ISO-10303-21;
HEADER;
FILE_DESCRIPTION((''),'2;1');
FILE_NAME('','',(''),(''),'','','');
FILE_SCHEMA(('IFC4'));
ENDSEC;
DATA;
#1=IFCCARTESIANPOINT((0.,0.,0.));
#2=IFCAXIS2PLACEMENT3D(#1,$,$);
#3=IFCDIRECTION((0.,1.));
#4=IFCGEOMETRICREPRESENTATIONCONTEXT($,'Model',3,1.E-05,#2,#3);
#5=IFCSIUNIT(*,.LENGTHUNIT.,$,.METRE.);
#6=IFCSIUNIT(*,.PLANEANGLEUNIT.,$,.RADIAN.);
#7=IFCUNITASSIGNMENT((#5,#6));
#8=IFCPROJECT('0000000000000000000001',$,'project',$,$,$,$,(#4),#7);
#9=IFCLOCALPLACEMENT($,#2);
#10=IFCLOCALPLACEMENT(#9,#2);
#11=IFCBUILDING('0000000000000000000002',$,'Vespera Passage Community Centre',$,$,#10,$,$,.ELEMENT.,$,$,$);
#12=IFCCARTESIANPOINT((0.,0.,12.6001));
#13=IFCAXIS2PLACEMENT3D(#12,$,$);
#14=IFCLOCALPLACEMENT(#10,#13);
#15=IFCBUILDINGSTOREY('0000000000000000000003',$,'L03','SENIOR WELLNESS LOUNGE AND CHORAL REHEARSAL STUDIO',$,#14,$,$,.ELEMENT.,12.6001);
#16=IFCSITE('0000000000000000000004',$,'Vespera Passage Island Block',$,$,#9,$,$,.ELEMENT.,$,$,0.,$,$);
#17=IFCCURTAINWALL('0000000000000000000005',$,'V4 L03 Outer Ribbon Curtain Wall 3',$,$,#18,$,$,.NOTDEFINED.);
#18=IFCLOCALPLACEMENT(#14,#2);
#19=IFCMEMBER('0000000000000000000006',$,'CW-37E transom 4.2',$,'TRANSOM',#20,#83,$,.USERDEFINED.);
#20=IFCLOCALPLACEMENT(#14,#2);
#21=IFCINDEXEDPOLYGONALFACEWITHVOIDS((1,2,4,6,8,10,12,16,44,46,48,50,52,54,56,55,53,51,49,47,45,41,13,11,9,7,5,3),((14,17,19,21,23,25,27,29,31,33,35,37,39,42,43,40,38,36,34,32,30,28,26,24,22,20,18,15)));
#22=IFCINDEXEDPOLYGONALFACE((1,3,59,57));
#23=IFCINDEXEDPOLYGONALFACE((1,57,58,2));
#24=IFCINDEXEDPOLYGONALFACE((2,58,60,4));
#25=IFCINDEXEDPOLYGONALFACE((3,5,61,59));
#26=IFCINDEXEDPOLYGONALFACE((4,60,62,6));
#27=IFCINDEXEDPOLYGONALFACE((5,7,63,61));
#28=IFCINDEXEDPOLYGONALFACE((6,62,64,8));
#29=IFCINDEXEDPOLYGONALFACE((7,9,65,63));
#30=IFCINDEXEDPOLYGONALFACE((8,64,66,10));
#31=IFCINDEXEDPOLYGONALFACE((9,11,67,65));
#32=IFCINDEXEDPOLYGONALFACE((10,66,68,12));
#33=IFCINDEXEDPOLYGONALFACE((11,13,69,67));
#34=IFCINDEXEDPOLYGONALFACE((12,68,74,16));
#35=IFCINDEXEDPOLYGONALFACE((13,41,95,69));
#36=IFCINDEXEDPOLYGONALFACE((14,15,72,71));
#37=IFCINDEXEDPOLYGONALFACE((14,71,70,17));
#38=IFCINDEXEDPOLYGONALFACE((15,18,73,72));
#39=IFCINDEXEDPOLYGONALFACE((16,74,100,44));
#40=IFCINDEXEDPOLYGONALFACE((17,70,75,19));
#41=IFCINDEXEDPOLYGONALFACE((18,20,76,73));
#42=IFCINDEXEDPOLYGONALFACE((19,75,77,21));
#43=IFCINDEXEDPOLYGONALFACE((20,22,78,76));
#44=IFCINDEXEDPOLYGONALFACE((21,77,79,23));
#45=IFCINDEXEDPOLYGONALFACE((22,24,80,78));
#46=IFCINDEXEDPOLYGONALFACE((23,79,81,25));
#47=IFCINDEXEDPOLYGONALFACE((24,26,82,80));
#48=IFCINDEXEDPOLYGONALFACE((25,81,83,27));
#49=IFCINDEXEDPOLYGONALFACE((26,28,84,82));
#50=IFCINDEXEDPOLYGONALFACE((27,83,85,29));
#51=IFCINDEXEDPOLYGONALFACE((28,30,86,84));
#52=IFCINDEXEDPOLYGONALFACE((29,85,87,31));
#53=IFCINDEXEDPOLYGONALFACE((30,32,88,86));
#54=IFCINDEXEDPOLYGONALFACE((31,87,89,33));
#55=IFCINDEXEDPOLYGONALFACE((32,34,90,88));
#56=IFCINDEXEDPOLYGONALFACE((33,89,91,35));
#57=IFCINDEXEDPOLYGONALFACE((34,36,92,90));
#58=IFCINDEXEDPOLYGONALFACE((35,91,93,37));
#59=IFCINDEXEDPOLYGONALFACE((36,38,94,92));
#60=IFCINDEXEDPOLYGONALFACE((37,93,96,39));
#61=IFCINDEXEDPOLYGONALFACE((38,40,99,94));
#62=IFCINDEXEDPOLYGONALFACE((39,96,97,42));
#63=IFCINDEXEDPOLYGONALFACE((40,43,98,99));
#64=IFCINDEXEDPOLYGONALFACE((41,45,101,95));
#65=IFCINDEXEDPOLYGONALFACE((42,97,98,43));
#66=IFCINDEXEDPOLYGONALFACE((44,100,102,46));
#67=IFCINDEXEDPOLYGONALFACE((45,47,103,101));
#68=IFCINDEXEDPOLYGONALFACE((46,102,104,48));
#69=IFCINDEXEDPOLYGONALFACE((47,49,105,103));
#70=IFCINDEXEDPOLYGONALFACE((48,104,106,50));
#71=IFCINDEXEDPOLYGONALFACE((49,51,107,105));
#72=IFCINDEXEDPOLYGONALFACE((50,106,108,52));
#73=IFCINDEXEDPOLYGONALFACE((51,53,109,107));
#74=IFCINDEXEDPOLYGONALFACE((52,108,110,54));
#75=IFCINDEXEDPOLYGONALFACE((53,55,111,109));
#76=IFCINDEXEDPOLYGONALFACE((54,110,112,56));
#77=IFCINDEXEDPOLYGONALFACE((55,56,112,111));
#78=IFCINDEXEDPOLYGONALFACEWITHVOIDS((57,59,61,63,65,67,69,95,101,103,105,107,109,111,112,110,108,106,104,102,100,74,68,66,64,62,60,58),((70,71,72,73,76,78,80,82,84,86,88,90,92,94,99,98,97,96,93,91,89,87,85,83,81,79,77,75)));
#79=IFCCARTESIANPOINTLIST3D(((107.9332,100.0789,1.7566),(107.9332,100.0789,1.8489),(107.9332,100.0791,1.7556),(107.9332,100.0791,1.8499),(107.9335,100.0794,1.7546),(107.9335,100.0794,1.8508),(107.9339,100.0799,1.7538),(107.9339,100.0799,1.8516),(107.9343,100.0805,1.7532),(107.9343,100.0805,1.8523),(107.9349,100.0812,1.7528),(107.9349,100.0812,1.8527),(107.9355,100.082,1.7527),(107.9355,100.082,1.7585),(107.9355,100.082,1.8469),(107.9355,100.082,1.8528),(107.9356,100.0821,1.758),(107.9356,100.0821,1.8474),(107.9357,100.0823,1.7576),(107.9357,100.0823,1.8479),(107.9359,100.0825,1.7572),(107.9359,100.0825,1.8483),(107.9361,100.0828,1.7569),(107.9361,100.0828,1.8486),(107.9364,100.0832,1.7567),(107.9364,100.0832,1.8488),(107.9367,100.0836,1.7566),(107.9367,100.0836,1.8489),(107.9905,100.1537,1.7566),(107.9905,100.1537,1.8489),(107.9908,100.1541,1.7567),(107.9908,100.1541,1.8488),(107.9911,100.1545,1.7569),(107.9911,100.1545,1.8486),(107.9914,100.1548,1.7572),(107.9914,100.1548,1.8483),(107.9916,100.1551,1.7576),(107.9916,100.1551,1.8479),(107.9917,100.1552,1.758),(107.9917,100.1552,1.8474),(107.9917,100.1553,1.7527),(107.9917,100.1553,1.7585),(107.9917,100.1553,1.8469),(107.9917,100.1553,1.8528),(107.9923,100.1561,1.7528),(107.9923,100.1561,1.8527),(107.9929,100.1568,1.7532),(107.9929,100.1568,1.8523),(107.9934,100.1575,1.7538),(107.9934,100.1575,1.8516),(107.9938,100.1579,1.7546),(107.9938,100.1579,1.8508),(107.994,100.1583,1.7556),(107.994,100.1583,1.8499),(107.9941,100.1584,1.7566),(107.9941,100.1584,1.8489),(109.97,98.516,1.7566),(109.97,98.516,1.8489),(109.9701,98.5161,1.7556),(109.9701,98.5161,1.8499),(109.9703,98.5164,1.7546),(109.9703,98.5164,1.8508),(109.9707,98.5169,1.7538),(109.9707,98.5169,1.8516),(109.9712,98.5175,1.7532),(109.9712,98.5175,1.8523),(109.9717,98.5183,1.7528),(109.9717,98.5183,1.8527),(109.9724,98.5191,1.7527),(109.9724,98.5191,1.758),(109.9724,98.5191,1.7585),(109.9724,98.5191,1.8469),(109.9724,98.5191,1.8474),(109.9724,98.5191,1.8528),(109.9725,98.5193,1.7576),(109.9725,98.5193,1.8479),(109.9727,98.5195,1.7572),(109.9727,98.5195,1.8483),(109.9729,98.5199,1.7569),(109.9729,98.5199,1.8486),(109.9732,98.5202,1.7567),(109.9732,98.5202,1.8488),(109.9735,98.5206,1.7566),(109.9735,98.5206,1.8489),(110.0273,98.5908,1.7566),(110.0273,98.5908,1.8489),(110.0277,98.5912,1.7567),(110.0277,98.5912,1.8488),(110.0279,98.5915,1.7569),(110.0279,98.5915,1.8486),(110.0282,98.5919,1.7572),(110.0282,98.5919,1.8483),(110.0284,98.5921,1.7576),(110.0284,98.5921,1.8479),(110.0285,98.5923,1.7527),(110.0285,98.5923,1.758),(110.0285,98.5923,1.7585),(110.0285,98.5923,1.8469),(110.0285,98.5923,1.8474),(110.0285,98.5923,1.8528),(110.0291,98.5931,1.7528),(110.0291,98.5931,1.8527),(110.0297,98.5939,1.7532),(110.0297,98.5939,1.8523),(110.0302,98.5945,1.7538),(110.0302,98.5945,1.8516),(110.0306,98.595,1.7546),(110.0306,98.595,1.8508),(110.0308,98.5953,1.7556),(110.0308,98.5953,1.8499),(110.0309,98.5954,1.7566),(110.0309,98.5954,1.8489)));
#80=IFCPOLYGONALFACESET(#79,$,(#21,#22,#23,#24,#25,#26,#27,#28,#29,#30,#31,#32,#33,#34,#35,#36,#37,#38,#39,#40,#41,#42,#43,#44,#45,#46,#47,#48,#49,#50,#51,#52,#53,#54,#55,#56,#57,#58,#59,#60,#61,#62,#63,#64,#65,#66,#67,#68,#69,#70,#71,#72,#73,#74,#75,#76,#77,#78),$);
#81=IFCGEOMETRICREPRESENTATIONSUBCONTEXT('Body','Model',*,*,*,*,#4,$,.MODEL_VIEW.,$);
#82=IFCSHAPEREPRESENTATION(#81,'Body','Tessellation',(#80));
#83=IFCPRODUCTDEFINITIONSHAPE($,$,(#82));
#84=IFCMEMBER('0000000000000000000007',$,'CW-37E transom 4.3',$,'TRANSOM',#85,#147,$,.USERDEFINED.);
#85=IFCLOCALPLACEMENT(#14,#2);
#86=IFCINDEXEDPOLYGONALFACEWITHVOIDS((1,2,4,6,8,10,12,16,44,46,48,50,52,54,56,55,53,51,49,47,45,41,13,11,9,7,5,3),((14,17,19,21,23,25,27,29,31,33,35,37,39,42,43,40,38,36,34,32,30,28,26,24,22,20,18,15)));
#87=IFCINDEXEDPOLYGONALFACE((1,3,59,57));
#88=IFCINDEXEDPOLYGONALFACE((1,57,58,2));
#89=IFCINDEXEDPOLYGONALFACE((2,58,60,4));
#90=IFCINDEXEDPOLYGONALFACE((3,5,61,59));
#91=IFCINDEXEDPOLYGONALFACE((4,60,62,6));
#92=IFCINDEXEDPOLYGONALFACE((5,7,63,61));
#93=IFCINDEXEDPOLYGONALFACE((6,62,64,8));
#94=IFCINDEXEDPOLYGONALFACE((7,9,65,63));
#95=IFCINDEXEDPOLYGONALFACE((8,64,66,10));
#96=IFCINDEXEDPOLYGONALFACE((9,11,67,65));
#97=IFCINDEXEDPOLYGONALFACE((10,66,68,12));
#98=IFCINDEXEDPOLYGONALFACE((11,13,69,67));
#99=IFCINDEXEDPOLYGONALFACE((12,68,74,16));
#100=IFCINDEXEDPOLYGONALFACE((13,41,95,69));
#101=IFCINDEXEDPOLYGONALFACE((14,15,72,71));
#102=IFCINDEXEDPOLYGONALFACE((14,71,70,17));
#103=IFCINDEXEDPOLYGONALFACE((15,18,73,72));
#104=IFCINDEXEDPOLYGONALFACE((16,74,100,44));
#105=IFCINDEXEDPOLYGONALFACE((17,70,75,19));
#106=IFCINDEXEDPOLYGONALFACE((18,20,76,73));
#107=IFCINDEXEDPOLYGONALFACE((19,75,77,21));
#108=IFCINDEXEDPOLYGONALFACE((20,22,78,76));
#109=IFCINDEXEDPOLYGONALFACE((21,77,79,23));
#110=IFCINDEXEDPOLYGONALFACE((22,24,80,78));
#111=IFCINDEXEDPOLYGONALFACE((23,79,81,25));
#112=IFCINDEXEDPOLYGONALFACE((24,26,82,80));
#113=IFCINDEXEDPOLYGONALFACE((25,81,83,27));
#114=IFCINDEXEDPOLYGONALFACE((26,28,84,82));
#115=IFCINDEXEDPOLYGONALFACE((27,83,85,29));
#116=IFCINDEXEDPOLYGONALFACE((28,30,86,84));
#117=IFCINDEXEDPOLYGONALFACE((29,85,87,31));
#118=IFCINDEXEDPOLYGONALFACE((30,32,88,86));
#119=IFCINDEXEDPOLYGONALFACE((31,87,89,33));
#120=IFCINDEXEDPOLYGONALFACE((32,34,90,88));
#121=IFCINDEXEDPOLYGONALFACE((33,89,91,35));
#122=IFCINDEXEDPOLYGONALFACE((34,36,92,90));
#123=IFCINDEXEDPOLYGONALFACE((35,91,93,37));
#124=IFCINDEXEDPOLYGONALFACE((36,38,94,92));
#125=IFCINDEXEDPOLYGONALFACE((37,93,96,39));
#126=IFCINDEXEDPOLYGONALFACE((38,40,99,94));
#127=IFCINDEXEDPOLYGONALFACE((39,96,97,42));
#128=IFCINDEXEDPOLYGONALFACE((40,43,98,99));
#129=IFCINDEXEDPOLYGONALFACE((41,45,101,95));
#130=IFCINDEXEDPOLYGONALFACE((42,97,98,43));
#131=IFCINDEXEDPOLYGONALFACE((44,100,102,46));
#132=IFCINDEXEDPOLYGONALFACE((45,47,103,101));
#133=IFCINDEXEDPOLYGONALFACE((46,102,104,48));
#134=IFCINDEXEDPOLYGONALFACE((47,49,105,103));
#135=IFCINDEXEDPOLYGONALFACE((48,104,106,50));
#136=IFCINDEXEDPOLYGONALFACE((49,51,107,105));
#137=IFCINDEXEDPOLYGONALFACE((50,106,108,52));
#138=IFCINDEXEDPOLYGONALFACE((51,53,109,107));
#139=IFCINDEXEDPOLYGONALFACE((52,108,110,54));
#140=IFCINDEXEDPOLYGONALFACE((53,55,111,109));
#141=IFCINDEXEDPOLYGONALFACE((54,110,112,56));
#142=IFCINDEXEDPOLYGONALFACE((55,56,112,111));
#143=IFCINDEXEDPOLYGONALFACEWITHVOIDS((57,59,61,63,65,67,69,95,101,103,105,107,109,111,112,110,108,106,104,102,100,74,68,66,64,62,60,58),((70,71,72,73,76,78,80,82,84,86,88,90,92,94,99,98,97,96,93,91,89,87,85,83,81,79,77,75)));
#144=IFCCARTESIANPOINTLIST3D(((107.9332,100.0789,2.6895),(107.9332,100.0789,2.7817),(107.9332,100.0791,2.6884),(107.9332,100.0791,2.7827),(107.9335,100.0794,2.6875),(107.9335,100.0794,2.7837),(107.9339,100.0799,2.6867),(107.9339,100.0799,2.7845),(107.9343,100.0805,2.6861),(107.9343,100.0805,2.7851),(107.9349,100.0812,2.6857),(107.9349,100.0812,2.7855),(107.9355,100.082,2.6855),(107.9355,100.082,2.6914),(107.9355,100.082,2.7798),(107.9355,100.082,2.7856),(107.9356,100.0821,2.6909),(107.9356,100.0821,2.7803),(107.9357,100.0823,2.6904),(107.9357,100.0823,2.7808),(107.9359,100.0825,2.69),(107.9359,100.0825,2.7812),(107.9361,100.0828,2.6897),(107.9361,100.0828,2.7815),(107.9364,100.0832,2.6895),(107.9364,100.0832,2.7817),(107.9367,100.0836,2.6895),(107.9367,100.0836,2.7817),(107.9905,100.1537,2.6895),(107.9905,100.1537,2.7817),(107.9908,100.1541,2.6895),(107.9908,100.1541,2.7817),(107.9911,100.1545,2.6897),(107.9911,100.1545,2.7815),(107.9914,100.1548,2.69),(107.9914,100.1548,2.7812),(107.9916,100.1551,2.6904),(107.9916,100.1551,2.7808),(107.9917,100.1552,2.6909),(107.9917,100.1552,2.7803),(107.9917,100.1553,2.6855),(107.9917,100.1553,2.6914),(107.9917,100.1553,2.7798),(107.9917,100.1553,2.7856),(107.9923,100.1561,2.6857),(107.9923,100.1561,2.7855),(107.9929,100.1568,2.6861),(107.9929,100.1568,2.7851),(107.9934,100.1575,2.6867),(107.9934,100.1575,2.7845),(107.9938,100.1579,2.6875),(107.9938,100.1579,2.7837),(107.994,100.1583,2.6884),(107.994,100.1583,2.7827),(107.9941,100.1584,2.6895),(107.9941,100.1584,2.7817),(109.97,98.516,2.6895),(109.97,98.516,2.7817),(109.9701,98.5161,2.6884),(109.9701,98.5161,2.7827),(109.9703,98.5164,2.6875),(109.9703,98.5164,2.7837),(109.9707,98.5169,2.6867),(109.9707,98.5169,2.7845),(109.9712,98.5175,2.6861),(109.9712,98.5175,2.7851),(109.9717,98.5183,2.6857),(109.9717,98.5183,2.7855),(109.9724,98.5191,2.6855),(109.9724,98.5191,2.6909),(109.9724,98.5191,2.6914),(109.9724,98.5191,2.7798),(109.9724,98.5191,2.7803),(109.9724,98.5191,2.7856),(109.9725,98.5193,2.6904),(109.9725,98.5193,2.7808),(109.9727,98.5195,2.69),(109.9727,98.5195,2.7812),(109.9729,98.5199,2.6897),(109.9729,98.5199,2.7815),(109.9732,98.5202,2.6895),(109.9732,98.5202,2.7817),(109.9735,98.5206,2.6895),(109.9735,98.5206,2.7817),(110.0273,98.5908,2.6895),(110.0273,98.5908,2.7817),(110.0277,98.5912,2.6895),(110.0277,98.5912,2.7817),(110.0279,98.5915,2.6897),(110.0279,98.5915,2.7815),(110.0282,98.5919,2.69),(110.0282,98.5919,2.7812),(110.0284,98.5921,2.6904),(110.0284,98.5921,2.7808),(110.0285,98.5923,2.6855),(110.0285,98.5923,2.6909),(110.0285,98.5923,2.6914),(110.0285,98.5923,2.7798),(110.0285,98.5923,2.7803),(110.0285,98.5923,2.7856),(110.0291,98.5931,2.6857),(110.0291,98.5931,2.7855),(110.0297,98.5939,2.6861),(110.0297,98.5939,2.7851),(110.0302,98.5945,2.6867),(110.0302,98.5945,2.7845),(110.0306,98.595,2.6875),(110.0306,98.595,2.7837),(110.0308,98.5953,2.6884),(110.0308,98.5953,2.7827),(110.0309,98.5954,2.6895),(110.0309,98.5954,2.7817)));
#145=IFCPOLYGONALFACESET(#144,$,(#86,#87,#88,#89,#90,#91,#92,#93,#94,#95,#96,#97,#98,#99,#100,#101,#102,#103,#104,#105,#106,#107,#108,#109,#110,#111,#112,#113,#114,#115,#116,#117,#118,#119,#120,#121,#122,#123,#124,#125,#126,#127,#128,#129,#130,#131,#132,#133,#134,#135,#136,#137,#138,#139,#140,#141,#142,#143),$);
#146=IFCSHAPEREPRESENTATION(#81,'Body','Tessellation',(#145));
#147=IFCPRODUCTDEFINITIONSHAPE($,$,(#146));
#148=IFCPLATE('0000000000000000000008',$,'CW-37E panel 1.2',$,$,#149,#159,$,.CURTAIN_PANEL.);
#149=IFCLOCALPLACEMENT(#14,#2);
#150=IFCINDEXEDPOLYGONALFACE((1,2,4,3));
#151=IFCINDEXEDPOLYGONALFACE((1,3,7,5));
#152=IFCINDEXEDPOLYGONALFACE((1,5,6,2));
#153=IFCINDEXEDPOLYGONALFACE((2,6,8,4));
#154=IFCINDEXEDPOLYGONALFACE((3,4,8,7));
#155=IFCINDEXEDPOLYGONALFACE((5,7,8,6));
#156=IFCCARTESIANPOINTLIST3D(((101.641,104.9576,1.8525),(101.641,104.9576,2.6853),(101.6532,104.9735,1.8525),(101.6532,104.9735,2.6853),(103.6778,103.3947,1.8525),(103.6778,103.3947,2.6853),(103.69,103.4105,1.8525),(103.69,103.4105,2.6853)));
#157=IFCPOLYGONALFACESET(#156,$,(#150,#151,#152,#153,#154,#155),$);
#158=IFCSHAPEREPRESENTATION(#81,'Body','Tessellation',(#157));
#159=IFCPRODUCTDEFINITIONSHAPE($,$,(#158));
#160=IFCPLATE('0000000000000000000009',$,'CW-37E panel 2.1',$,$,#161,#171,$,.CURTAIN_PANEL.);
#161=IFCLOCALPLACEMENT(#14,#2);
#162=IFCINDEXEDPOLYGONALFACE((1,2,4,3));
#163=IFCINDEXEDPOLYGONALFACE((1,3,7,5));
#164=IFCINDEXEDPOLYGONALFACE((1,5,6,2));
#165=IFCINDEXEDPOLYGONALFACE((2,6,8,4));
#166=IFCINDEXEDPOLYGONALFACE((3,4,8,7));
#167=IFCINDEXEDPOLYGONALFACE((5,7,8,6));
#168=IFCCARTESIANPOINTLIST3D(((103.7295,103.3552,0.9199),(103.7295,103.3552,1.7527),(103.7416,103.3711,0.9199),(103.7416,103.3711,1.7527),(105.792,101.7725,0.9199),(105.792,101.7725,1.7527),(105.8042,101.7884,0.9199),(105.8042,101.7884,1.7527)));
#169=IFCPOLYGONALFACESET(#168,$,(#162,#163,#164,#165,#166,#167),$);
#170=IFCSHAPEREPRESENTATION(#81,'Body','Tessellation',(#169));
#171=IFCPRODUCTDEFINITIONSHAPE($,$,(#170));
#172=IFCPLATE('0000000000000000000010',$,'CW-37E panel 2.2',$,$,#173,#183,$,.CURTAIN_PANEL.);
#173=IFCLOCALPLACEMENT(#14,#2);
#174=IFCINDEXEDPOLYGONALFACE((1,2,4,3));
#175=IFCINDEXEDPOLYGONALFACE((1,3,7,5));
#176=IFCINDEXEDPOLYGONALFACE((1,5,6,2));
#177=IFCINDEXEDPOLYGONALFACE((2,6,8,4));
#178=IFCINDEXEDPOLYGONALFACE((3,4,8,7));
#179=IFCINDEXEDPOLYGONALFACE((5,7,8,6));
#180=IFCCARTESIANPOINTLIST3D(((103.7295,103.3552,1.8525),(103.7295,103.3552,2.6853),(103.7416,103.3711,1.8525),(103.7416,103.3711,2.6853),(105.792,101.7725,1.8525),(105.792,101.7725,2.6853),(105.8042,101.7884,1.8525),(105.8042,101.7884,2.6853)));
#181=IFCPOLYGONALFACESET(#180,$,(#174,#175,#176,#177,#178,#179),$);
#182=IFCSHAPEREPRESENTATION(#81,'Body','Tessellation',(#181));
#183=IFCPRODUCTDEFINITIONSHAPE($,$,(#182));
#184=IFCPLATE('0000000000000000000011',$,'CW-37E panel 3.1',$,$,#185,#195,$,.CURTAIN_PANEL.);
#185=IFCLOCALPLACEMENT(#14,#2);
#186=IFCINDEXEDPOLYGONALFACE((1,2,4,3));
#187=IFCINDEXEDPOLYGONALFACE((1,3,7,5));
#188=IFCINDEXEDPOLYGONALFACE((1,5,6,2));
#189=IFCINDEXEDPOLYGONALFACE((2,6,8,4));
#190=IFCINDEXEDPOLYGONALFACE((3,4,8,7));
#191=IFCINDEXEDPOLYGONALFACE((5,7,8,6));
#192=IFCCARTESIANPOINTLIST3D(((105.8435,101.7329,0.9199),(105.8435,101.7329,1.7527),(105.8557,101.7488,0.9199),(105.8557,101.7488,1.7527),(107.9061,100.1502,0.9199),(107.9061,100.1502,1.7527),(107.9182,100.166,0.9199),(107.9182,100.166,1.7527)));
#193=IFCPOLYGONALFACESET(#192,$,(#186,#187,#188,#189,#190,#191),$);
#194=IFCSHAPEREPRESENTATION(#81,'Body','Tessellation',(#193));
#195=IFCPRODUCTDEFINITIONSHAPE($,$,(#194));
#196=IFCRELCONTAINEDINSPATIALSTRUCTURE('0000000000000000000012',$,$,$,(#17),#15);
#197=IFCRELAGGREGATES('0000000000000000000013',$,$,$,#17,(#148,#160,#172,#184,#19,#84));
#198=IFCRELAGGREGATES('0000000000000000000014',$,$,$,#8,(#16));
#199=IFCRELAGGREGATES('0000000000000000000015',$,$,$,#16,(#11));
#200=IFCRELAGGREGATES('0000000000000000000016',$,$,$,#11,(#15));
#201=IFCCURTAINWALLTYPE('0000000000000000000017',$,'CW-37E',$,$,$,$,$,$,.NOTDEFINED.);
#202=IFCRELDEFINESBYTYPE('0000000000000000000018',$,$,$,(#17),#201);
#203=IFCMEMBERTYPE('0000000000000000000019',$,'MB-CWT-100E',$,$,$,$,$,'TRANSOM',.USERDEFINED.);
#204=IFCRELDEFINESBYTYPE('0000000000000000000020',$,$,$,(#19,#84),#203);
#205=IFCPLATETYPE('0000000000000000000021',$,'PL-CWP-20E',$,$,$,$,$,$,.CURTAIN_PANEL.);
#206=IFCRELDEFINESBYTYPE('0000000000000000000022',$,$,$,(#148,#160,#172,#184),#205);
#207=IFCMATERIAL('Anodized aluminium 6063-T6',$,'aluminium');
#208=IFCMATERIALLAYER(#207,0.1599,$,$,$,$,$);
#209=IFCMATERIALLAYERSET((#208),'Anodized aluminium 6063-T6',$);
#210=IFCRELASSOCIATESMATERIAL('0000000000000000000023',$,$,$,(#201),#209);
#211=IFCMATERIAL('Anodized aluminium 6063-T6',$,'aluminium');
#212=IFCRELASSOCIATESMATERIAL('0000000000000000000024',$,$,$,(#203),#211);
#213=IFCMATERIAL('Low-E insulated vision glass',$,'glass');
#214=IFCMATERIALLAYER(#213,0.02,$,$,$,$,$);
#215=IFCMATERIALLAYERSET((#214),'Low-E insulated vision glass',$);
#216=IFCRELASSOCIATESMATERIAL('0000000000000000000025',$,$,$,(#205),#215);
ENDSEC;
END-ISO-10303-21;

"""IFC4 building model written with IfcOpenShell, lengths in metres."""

from ifc_helpers import new_model, si_unit, direction, frame, origin, origin_2d, place, context, subcontext, project, spatial, rectangle, hollow_rectangle, extrude, material, layer, layer_set, material_profile, profile_set, type_object, element, aggregate, save


model = new_model("IFC4")

# Units and contexts
model_context = context("Model", 3, precision=1e-05, world=origin(), true_north=direction((0.0, 1.0)))
body_context = subcontext(model_context, "Body", "Model", "MODEL_VIEW")
ifc_project = project(units=[si_unit("LENGTHUNIT", "METRE"), si_unit("PLANEANGLEUNIT", "RADIAN")], contexts=[model_context])

# Site, building, storey
site_placement = place(None, origin())
site = spatial("IfcSite", under=ifc_project, at=site_placement, Name="Vespera Passage Island Block", CompositionType="ELEMENT", RefElevation=0.0)
building_placement = place(site_placement, origin())
building = spatial("IfcBuilding", under=site, at=building_placement, Name="Vespera Passage Community Centre", CompositionType="ELEMENT")
storey_placement = place(building_placement, frame((0.0, 0.0, 12.6001)))
storey = spatial("IfcBuildingStorey", under=building, at=storey_placement, Name="L03", Description="SENIOR WELLNESS LOUNGE AND CHORAL REHEARSAL STUDIO", CompositionType="ELEMENT", Elevation=12.6001)

# Curtain wall, members, plates
ifc_material_1 = material(Name="Anodized aluminium 6063-T6", Category="aluminium")
ifc_layer_1 = layer(ifc_material_1, 0.1599)
ifc_layer_set_1 = layer_set([ifc_layer_1], Name="Anodized aluminium 6063-T6")
curtain_wall_type = type_object("IfcCurtainWallType", Name="CW-37E", PredefinedType="NOTDEFINED", material=ifc_layer_set_1)
curtain_wall_placement = place(storey_placement, origin())
curtain_wall = element("IfcCurtainWall", 1, at=curtain_wall_placement, inside=storey, type_object=curtain_wall_type, Name="V4 L03 Outer Ribbon Curtain Wall 3", PredefinedType="NOTDEFINED")
ifc_material_2 = material(Name="Anodized aluminium 6063-T6", Category="aluminium")
ifc_material_profile_1 = material_profile(ifc_material_2, hollow_rectangle(XDim=0.1001, YDim=0.1001, WallThickness=0.0039, InnerFilletRadius=0.002, OuterFilletRadius=0.0039, at=origin_2d()), Name="ALU100X100X4")
ifc_profile_set_1 = profile_set([ifc_material_profile_1], Name="Anodized aluminium 6063-T6")
member_type_1 = type_object("IfcMemberType", Name="MB-CWT-100E", ElementType="TRANSOM", PredefinedType="USERDEFINED", material=ifc_profile_set_1)
member_1_placement = place(storey_placement, frame((107.9636, 100.1187, 1.8027), z_axis=(0.793345, -0.608773, 0.0), x_axis=(0.608773, 0.793345, 0.0)))
member_1 = element("IfcMember", 2, at=member_1_placement, type_object=member_type_1, Name="CW-37E transom 4.2", ObjectType="TRANSOM", PredefinedType="USERDEFINED", context=body_context, shape_type="SweptSolid", body=[
    extrude(hollow_rectangle(XDim=0.1001, YDim=0.1001, WallThickness=0.0039, InnerFilletRadius=0.002, OuterFilletRadius=0.0039, at=origin_2d()), origin(), (0.0, 0.0, 1.0), 2.5674),
])
member_2_placement = place(storey_placement, frame((107.9636, 100.1187, 2.7356), z_axis=(0.793345, -0.608773, 0.0), x_axis=(0.608773, 0.793345, 0.0)))
member_2 = element("IfcMember", 3, at=member_2_placement, type_object=member_type_1, Name="CW-37E transom 4.3", ObjectType="TRANSOM", PredefinedType="USERDEFINED", context=body_context, shape_type="SweptSolid", body=[
    extrude(hollow_rectangle(XDim=0.1001, YDim=0.1001, WallThickness=0.0039, InnerFilletRadius=0.002, OuterFilletRadius=0.0039, at=origin_2d()), origin(), (0.0, 0.0, 1.0), 2.5674),
])
ifc_material_3 = material(Name="Low-E insulated vision glass", Category="glass")
ifc_layer_2 = layer(ifc_material_3, 0.02)
ifc_layer_set_2 = layer_set([ifc_layer_2], Name="Low-E insulated vision glass")
plate_type = type_object("IfcPlateType", Name="PL-CWP-20E", PredefinedType="CURTAIN_PANEL", material=ifc_layer_set_2)
plate_1_placement = place(storey_placement, frame((102.6655, 104.1841, 1.8525), z_axis=(0.0, 0.0, 1.0), x_axis=(0.793345, -0.608772, 0.0)))
plate_1 = element("IfcPlate", 4, at=plate_1_placement, type_object=plate_type, Name="CW-37E panel 1.2", PredefinedType="CURTAIN_PANEL", context=body_context, shape_type="SweptSolid", body=[
    extrude(rectangle(XDim=2.5674, YDim=0.02, at=origin_2d()), origin(), (0.0, 0.0, 1.0), 0.8328),
])
plate_2_placement = place(storey_placement, frame((104.7668, 102.5718, 0.9199), z_axis=(0.0, 0.0, 1.0), x_axis=(0.793345, -0.608772, 0.0)))
plate_2 = element("IfcPlate", 5, at=plate_2_placement, type_object=plate_type, Name="CW-37E panel 2.1", PredefinedType="CURTAIN_PANEL", context=body_context, shape_type="SweptSolid", body=[
    extrude(rectangle(XDim=2.5999, YDim=0.02, at=origin_2d()), origin(), (0.0, 0.0, 1.0), 0.8328),
])
plate_3_placement = place(storey_placement, frame((104.7668, 102.5718, 1.8525), z_axis=(0.0, 0.0, 1.0), x_axis=(0.793345, -0.608772, 0.0)))
plate_3 = element("IfcPlate", 6, at=plate_3_placement, type_object=plate_type, Name="CW-37E panel 2.2", PredefinedType="CURTAIN_PANEL", context=body_context, shape_type="SweptSolid", body=[
    extrude(rectangle(XDim=2.5999, YDim=0.02, at=origin_2d()), origin(), (0.0, 0.0, 1.0), 0.8328),
])
plate_4_placement = place(storey_placement, frame((106.8809, 100.9495, 0.9199), z_axis=(0.0, 0.0, 1.0), x_axis=(0.793345, -0.608772, 0.0)))
plate_4 = element("IfcPlate", 7, at=plate_4_placement, type_object=plate_type, Name="CW-37E panel 3.1", PredefinedType="CURTAIN_PANEL", context=body_context, shape_type="SweptSolid", body=[
    extrude(rectangle(XDim=2.5999, YDim=0.02, at=origin_2d()), origin(), (0.0, 0.0, 1.0), 0.8328),
])
aggregate(curtain_wall, [plate_1, plate_2, plate_3, plate_4, member_1, member_2])

save(model, "model.ifc")
